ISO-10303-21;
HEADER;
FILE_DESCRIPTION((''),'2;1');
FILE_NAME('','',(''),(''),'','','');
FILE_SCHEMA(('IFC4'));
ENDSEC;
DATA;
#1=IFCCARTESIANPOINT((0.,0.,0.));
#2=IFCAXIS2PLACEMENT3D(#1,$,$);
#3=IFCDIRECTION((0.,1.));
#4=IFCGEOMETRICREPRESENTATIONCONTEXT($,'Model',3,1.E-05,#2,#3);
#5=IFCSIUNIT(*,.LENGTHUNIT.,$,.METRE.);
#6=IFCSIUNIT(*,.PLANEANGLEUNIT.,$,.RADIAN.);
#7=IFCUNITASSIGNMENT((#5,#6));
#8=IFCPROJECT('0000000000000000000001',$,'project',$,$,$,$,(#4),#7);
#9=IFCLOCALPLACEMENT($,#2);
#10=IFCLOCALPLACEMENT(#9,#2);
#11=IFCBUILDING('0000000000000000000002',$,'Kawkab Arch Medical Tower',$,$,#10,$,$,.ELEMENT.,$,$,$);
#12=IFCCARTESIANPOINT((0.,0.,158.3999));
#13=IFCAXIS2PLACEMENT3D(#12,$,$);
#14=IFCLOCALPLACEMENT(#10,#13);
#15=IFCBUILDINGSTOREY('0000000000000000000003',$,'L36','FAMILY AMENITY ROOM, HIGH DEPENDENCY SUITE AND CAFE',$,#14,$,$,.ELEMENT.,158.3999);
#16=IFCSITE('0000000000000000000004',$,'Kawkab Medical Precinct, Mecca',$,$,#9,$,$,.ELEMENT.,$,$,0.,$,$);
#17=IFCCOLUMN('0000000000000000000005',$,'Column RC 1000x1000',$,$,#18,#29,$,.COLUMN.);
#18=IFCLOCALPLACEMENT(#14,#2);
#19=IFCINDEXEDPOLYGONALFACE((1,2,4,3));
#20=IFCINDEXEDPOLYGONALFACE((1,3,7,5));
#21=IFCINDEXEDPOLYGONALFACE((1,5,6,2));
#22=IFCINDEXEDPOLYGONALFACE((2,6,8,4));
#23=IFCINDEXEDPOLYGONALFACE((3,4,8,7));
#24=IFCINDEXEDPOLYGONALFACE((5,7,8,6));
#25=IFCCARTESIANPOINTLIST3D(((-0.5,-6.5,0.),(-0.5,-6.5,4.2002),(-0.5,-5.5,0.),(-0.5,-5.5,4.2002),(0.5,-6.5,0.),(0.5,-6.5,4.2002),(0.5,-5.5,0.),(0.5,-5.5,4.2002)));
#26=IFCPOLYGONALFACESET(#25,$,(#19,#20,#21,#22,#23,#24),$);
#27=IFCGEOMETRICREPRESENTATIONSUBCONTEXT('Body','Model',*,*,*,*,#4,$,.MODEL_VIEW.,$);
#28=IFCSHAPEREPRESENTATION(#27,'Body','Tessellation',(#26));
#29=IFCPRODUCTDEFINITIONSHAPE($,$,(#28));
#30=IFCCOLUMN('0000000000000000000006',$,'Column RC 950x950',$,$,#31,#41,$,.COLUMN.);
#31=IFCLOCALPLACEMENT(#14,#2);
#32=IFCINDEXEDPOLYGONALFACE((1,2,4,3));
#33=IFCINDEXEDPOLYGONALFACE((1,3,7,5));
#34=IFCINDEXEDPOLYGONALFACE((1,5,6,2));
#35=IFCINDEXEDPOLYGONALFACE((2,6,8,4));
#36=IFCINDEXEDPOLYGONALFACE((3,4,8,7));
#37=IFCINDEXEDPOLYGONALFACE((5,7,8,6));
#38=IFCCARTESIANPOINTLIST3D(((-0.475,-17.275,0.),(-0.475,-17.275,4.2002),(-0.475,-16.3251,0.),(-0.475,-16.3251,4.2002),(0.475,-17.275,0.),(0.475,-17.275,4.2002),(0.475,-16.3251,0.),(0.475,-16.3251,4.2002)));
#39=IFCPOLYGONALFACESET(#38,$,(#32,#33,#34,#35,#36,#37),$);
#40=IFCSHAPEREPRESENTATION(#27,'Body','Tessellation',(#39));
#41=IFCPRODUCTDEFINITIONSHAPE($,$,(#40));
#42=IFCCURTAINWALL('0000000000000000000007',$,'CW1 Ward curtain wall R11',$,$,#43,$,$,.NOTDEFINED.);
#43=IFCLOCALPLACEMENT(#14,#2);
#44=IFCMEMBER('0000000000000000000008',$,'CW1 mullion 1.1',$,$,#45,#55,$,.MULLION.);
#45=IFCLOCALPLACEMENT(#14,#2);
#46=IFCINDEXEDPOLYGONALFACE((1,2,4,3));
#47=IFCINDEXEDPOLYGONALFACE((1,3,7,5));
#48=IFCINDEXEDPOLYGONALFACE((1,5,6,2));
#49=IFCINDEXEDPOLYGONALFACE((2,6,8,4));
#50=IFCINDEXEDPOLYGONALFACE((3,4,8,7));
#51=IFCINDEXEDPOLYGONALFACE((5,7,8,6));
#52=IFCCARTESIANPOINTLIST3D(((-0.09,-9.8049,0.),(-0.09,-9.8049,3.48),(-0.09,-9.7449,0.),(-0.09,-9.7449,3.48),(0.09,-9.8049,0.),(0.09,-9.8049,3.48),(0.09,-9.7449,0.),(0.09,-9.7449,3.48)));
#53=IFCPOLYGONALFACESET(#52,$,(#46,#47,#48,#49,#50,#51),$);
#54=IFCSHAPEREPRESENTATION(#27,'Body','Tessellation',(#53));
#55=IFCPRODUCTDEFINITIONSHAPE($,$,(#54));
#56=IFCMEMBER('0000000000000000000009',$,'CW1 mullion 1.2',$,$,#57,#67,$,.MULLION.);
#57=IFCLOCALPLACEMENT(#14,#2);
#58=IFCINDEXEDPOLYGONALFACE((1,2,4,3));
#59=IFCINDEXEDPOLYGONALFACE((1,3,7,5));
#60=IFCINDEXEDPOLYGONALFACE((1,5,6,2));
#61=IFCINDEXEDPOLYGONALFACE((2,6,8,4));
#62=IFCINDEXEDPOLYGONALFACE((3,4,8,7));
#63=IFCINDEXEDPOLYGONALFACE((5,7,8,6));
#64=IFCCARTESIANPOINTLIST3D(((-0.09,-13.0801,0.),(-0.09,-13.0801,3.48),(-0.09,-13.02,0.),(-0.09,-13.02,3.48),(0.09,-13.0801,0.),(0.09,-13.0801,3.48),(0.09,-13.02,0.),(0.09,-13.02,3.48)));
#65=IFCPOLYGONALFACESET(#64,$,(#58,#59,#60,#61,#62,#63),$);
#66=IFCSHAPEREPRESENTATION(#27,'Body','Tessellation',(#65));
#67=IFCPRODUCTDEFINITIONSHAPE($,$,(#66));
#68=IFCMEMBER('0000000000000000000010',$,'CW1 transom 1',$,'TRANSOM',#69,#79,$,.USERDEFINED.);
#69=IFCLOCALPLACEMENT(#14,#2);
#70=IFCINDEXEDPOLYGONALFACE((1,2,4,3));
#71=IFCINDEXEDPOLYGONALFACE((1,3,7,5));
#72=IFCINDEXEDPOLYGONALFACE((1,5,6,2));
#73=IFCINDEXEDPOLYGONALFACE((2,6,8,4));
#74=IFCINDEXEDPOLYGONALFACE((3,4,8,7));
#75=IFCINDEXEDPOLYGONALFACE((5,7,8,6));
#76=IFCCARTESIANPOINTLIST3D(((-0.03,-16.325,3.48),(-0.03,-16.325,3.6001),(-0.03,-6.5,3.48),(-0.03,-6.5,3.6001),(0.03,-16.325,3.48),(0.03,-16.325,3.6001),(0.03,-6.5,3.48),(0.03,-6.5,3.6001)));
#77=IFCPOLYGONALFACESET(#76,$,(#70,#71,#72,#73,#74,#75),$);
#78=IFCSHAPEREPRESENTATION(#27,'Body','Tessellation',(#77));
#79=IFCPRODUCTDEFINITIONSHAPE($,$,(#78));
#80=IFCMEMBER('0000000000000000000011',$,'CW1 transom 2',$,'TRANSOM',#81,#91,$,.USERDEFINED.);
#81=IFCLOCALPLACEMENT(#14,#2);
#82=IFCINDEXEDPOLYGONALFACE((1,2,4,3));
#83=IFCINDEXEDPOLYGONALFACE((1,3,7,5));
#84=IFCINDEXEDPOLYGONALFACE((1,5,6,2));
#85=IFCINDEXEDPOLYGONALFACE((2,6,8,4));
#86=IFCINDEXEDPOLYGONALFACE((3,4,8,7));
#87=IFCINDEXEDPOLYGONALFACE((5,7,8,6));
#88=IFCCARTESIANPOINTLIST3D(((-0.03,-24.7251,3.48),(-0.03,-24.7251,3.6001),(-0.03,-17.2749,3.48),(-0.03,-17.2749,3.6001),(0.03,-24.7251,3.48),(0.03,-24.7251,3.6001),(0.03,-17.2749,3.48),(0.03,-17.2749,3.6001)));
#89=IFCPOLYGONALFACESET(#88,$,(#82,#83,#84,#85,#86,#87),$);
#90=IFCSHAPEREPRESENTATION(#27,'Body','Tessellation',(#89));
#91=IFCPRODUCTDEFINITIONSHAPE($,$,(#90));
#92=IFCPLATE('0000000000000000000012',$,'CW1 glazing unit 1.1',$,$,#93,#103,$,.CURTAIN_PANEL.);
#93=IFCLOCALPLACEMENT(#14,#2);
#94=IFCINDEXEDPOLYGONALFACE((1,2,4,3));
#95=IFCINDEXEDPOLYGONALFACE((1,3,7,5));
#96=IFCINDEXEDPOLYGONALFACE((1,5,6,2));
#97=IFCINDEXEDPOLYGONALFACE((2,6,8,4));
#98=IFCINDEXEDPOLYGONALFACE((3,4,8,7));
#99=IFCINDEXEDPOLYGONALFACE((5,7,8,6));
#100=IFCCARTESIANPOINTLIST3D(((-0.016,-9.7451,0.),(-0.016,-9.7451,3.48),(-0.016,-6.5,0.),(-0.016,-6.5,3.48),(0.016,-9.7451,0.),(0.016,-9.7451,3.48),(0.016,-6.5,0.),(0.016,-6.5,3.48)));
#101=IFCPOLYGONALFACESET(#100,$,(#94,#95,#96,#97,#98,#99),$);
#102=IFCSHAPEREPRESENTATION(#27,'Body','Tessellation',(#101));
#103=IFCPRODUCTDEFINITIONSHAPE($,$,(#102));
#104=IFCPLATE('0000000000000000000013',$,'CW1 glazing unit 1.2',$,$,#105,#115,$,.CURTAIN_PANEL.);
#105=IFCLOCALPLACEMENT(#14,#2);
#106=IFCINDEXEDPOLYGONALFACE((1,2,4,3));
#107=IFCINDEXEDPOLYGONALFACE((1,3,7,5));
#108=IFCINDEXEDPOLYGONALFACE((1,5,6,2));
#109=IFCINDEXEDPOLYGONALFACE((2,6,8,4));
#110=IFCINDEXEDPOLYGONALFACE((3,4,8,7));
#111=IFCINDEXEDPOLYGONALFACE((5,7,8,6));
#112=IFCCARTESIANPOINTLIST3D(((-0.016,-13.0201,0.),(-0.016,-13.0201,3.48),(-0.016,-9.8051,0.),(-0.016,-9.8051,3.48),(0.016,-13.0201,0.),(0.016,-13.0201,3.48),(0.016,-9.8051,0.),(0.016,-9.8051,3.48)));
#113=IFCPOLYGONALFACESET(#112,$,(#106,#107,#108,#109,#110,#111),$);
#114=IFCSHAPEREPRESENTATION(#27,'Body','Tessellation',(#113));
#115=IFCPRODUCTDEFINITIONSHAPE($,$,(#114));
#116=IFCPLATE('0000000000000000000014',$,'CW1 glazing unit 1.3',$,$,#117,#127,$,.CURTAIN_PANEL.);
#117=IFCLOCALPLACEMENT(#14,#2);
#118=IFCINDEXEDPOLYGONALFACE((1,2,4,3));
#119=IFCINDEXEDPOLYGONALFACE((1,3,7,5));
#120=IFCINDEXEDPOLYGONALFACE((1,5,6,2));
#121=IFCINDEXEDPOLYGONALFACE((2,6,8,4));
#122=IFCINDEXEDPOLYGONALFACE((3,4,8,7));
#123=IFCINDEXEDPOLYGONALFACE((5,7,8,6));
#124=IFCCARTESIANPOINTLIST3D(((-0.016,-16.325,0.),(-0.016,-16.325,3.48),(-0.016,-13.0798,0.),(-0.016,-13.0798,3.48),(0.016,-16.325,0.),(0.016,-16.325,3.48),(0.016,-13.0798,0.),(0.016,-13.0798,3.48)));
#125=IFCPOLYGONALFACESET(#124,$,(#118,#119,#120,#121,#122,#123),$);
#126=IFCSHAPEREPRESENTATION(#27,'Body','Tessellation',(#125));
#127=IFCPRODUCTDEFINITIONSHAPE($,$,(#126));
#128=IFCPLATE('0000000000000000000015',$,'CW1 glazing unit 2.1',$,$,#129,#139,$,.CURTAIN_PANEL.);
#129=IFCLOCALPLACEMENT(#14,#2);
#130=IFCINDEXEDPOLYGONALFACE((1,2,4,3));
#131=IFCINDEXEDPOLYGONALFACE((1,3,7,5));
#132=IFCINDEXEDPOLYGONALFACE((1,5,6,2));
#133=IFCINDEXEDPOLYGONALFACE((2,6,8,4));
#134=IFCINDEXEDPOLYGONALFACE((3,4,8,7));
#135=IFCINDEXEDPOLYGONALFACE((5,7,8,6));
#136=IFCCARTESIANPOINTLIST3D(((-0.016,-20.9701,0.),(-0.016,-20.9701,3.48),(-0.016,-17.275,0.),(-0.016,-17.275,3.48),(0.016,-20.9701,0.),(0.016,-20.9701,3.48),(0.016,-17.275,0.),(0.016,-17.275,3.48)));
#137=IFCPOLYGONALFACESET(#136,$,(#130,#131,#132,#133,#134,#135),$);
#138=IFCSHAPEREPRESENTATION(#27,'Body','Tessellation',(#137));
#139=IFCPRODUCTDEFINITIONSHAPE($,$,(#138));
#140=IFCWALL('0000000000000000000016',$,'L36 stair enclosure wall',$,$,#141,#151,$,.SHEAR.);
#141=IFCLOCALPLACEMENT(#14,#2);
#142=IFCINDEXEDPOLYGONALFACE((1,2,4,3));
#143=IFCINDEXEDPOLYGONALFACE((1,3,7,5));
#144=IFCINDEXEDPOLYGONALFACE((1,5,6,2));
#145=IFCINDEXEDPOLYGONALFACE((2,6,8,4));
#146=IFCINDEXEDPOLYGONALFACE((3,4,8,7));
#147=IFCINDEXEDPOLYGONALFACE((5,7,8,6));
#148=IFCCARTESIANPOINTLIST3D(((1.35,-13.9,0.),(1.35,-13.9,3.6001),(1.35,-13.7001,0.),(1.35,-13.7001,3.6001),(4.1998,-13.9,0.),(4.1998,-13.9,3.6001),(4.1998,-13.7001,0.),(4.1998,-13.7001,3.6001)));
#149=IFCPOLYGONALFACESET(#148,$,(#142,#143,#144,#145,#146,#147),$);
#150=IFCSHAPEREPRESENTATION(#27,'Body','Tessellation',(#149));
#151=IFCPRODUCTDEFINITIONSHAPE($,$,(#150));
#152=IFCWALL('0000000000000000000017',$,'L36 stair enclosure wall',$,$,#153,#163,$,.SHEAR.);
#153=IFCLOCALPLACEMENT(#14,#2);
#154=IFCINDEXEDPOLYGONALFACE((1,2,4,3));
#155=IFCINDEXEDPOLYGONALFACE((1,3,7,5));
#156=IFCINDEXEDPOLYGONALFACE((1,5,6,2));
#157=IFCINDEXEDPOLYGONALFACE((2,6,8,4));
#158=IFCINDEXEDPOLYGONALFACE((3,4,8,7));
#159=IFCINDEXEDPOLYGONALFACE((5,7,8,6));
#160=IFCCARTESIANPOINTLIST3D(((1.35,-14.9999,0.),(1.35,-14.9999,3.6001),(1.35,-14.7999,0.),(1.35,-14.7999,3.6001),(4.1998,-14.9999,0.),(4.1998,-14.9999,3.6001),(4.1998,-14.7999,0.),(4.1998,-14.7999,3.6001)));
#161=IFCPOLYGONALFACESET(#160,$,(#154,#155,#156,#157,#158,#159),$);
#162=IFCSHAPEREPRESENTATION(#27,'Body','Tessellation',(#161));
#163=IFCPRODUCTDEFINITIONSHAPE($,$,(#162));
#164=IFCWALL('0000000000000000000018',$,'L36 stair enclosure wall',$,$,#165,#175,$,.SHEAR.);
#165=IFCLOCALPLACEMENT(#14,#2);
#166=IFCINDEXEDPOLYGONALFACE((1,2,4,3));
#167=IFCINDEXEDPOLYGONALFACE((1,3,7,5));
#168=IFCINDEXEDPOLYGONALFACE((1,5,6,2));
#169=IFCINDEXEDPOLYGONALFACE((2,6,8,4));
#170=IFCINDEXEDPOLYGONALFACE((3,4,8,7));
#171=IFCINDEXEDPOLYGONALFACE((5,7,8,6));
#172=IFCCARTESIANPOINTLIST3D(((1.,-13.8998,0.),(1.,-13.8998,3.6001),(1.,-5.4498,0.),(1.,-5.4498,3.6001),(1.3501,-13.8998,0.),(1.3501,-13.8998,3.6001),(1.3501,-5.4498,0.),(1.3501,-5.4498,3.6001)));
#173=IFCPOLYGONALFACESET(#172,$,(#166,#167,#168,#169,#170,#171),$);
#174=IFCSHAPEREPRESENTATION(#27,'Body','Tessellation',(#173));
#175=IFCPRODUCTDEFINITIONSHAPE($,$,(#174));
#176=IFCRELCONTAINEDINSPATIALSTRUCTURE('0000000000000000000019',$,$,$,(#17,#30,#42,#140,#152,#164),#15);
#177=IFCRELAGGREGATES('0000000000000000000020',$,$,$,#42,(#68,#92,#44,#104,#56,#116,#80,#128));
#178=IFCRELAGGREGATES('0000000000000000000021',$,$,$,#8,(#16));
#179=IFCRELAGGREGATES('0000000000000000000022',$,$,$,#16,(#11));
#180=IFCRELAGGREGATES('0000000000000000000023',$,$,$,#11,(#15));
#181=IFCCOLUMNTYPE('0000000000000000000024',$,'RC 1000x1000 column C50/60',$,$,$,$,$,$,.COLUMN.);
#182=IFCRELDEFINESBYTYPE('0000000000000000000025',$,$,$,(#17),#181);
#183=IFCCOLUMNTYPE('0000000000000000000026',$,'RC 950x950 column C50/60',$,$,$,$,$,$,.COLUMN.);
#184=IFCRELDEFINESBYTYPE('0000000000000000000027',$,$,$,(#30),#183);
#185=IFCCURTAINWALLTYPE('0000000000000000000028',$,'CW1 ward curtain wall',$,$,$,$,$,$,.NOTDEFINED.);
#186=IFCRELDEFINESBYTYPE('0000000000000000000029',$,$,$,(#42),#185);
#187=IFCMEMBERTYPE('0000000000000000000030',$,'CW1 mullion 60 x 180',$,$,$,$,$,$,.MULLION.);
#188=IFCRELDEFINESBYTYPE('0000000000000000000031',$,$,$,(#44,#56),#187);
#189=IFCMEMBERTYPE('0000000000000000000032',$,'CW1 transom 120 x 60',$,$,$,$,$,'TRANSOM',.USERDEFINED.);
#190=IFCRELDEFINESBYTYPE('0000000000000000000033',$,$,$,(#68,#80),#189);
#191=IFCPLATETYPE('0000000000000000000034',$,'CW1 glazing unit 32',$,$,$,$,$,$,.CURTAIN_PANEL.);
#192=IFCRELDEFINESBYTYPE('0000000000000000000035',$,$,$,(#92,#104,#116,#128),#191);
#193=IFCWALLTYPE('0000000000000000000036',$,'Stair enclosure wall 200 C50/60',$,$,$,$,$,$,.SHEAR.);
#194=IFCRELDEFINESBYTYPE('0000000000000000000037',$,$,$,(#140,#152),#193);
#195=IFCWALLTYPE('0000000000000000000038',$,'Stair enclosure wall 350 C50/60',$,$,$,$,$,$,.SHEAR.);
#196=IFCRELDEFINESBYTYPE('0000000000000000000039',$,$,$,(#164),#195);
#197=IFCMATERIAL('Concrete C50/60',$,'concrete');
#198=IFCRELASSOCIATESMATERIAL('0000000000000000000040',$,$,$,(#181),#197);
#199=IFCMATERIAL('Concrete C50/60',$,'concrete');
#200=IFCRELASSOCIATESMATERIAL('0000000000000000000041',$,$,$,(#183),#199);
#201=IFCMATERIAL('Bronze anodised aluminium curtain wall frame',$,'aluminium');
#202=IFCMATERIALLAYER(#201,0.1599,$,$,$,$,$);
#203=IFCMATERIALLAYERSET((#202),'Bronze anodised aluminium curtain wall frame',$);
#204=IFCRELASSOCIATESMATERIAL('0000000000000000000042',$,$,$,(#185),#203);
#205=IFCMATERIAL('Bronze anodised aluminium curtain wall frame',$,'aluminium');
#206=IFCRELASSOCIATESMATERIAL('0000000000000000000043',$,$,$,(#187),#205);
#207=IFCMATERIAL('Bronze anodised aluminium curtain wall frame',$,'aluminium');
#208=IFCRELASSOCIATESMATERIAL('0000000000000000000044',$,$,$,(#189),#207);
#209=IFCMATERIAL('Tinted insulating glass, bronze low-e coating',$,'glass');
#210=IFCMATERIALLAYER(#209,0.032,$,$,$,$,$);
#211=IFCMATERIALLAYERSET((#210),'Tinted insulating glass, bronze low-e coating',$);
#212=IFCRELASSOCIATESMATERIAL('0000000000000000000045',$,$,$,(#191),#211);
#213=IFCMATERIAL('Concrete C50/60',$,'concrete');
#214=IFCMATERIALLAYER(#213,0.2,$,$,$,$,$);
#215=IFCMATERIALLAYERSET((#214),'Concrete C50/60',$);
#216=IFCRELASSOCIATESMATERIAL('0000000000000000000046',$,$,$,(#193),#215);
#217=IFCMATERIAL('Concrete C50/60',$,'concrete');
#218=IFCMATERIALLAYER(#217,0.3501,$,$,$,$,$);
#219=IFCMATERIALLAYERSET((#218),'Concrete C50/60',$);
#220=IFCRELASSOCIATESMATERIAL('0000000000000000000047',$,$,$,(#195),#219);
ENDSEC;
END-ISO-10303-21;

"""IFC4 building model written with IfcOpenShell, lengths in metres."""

from ifc_helpers import new_model, si_unit, direction, frame, frame_2d, origin, origin_2d, place, context, subcontext, project, spatial, rectangle, extrude, material, layer, layer_set, material_profile, profile_set, type_object, element, aggregate, save


model = new_model("IFC4")

# Units and contexts
model_context = context("Model", 3, precision=1e-05, world=origin(), true_north=direction((0.0, 1.0)))
body_context = subcontext(model_context, "Body", "Model", "MODEL_VIEW")
ifc_project = project(units=[si_unit("LENGTHUNIT", "METRE"), si_unit("PLANEANGLEUNIT", "RADIAN")], contexts=[model_context])

# Site, building, storey
site_placement = place(None, origin())
site = spatial("IfcSite", under=ifc_project, at=site_placement, Name="Kawkab Medical Precinct, Mecca", CompositionType="ELEMENT", RefElevation=0.0)
building_placement = place(site_placement, origin())
building = spatial("IfcBuilding", under=site, at=building_placement, Name="Kawkab Arch Medical Tower", CompositionType="ELEMENT")
storey_placement = place(building_placement, frame((0.0, 0.0, 158.3999)))
storey = spatial("IfcBuildingStorey", under=building, at=storey_placement, Name="L36", Description="FAMILY AMENITY ROOM, HIGH DEPENDENCY SUITE AND CAFE", CompositionType="ELEMENT", Elevation=158.3999)

# Columns
ifc_material_1 = material(Name="Concrete C50/60", Category="concrete")
ifc_material_profile_1 = material_profile(ifc_material_1, rectangle(XDim=1.0, YDim=1.0, at=origin_2d()), Name="RC 1000x1000")
ifc_profile_set_1 = profile_set([ifc_material_profile_1], Name="Concrete C50/60")
column_type_1 = type_object("IfcColumnType", Name="RC 1000x1000 column C50/60", PredefinedType="COLUMN", material=ifc_profile_set_1)
column_1_placement = place(storey_placement, frame((0.0, -6.0, 0.0), z_axis=(0.0, 0.0, 1.0), x_axis=(1.0, 0.0, 0.0)))
element("IfcColumn", 1, at=column_1_placement, inside=storey, type_object=column_type_1, Name="Column RC 1000x1000", PredefinedType="COLUMN", context=body_context, shape_type="SweptSolid", body=[
    extrude(rectangle(XDim=1.0, YDim=1.0, at=origin_2d()), origin(), (0.0, 0.0, 1.0), 4.2002),
])
ifc_material_2 = material(Name="Concrete C50/60", Category="concrete")
ifc_material_profile_2 = material_profile(ifc_material_2, rectangle(XDim=0.95, YDim=0.95, at=origin_2d()), Name="RC 950x950")
ifc_profile_set_2 = profile_set([ifc_material_profile_2], Name="Concrete C50/60")
column_type_2 = type_object("IfcColumnType", Name="RC 950x950 column C50/60", PredefinedType="COLUMN", material=ifc_profile_set_2)
column_2_placement = place(storey_placement, frame((0.0, -16.8, 0.0), z_axis=(0.0, 0.0, 1.0), x_axis=(1.0, 0.0, 0.0)))
element("IfcColumn", 2, at=column_2_placement, inside=storey, type_object=column_type_2, Name="Column RC 950x950", PredefinedType="COLUMN", context=body_context, shape_type="SweptSolid", body=[
    extrude(rectangle(XDim=0.95, YDim=0.95, at=origin_2d()), origin(), (0.0, 0.0, 1.0), 4.2002),
])

# Curtain wall, members, plates
ifc_material_3 = material(Name="Bronze anodised aluminium curtain wall frame", Category="aluminium")
ifc_layer_1 = layer(ifc_material_3, 0.1599)
ifc_layer_set_1 = layer_set([ifc_layer_1], Name="Bronze anodised aluminium curtain wall frame")
curtain_wall_type = type_object("IfcCurtainWallType", Name="CW1 ward curtain wall", PredefinedType="NOTDEFINED", material=ifc_layer_set_1)
placement = place(storey_placement, origin())
curtain_wall = element("IfcCurtainWall", 3, at=placement, inside=storey, type_object=curtain_wall_type, Name="CW1 Ward curtain wall R11", PredefinedType="NOTDEFINED")
ifc_material_4 = material(Name="Bronze anodised aluminium curtain wall frame", Category="aluminium")
ifc_material_profile_3 = material_profile(ifc_material_4, rectangle(XDim=0.1799, YDim=0.0601, at=origin_2d()), Name="AL 60x180")
ifc_profile_set_3 = profile_set([ifc_material_profile_3], Name="Bronze anodised aluminium curtain wall frame")
member_type_1 = type_object("IfcMemberType", Name="CW1 mullion 60 x 180", PredefinedType="MULLION", material=ifc_profile_set_3)
member_1_placement = place(storey_placement, frame((0.0, -9.7749, 0.0), z_axis=(0.0, 0.0, 1.0), x_axis=(1.0, 0.0, 0.0)))
member_1 = element("IfcMember", 4, at=member_1_placement, type_object=member_type_1, Name="CW1 mullion 1.1", PredefinedType="MULLION", context=body_context, shape_type="SweptSolid", body=[
    extrude(rectangle(XDim=0.1799, YDim=0.0601, at=origin_2d()), origin(), (0.0, 0.0, 1.0), 3.48),
])
member_2_placement = place(storey_placement, frame((0.0, -13.05, 0.0), z_axis=(0.0, 0.0, 1.0), x_axis=(1.0, 0.0, 0.0)))
member_2 = element("IfcMember", 5, at=member_2_placement, type_object=member_type_1, Name="CW1 mullion 1.2", PredefinedType="MULLION", context=body_context, shape_type="SweptSolid", body=[
    extrude(rectangle(XDim=0.1799, YDim=0.0601, at=origin_2d()), origin(), (0.0, 0.0, 1.0), 3.48),
])
ifc_material_5 = material(Name="Bronze anodised aluminium curtain wall frame", Category="aluminium")
ifc_material_profile_4 = material_profile(ifc_material_5, rectangle(XDim=0.0601, YDim=0.1201, at=origin_2d()), Name="AL 60x120")
ifc_profile_set_4 = profile_set([ifc_material_profile_4], Name="Bronze anodised aluminium curtain wall frame")
member_type_2 = type_object("IfcMemberType", Name="CW1 transom 120 x 60", ElementType="TRANSOM", PredefinedType="USERDEFINED", material=ifc_profile_set_4)
member_3_placement = place(storey_placement, frame((0.0, -6.5, 3.54), z_axis=(0.0, -1.0, 0.0), x_axis=(1.0, 0.0, 0.0)))
member_3 = element("IfcMember", 6, at=member_3_placement, type_object=member_type_2, Name="CW1 transom 1", ObjectType="TRANSOM", PredefinedType="USERDEFINED", context=body_context, shape_type="SweptSolid", body=[
    extrude(rectangle(XDim=0.0601, YDim=0.1201, at=origin_2d()), origin(), (0.0, 0.0, 1.0), 9.825),
])
member_4_placement = place(storey_placement, frame((0.0, -17.2749, 3.54), z_axis=(0.0, -1.0, 0.0), x_axis=(1.0, 0.0, 0.0)))
member_4 = element("IfcMember", 7, at=member_4_placement, type_object=member_type_2, Name="CW1 transom 2", ObjectType="TRANSOM", PredefinedType="USERDEFINED", context=body_context, shape_type="SweptSolid", body=[
    extrude(rectangle(XDim=0.0601, YDim=0.1201, at=origin_2d()), origin(), (0.0, 0.0, 1.0), 7.4502),
])
ifc_material_6 = material(Name="Tinted insulating glass, bronze low-e coating", Category="glass")
ifc_layer_2 = layer(ifc_material_6, 0.032)
ifc_layer_set_2 = layer_set([ifc_layer_2], Name="Tinted insulating glass, bronze low-e coating")
plate_type = type_object("IfcPlateType", Name="CW1 glazing unit 32", PredefinedType="CURTAIN_PANEL", material=ifc_layer_set_2)
plate_1_placement = place(storey_placement, frame((0.0, -8.1226, 0.0), z_axis=(0.0, 0.0, 1.0), x_axis=(0.0, -1.0, 0.0)))
plate_1 = element("IfcPlate", 8, at=plate_1_placement, type_object=plate_type, Name="CW1 glazing unit 1.1", PredefinedType="CURTAIN_PANEL", context=body_context, shape_type="SweptSolid", body=[
    extrude(rectangle(XDim=3.2451, YDim=0.032, at=origin_2d()), origin(), (0.0, 0.0, 1.0), 3.48),
])
plate_2_placement = place(storey_placement, frame((0.0, -11.4126, 0.0), z_axis=(0.0, 0.0, 1.0), x_axis=(0.0, -1.0, 0.0)))
plate_2 = element("IfcPlate", 9, at=plate_2_placement, type_object=plate_type, Name="CW1 glazing unit 1.2", PredefinedType="CURTAIN_PANEL", context=body_context, shape_type="SweptSolid", body=[
    extrude(rectangle(XDim=3.2151, YDim=0.032, at=origin_2d()), origin(), (0.0, 0.0, 1.0), 3.48),
])
plate_3_placement = place(storey_placement, frame((0.0, -14.7024, 0.0), z_axis=(0.0, 0.0, 1.0), x_axis=(0.0, -1.0, 0.0)))
plate_3 = element("IfcPlate", 10, at=plate_3_placement, type_object=plate_type, Name="CW1 glazing unit 1.3", PredefinedType="CURTAIN_PANEL", context=body_context, shape_type="SweptSolid", body=[
    extrude(rectangle(XDim=3.2451, YDim=0.032, at=origin_2d()), origin(), (0.0, 0.0, 1.0), 3.48),
])
plate_4_placement = place(storey_placement, frame((0.0, -19.1226, 0.0), z_axis=(0.0, 0.0, 1.0), x_axis=(0.0, -1.0, 0.0)))
plate_4 = element("IfcPlate", 11, at=plate_4_placement, type_object=plate_type, Name="CW1 glazing unit 2.1", PredefinedType="CURTAIN_PANEL", context=body_context, shape_type="SweptSolid", body=[
    extrude(rectangle(XDim=3.6951, YDim=0.032, at=origin_2d()), origin(), (0.0, 0.0, 1.0), 3.48),
])
aggregate(curtain_wall, [member_3, plate_1, member_1, plate_2, member_2, plate_3, member_4, plate_4])

# Walls
ifc_material_7 = material(Name="Concrete C50/60", Category="concrete")
ifc_layer_3 = layer(ifc_material_7, 0.2)
ifc_layer_set_3 = layer_set([ifc_layer_3], Name="Concrete C50/60")
wall_type_1 = type_object("IfcWallType", Name="Stair enclosure wall 200 C50/60", PredefinedType="SHEAR", material=ifc_layer_set_3)
for number, where, z_axis, x_axis, name in (
    (12, (1.3501, -13.8, 0.0), (0.0, 0.0, 1.0), (1.0, 0.0, 0.0), "L36 stair enclosure wall"),
    (13, (1.3501, -14.8999, 0.0), (0.0, 0.0, 1.0), (1.0, 0.0, 0.0), "L36 stair enclosure wall"),
):
    element("IfcWall", number, at=place(storey_placement, frame(where, z_axis=z_axis, x_axis=x_axis)), inside=storey, type_object=wall_type_1, Name=name, PredefinedType="SHEAR", context=body_context, shape_type="SweptSolid", body=[
        extrude(rectangle(XDim=2.8499, YDim=0.2, at=frame_2d((1.4248, 0.0))), origin(), (0.0, 0.0, 1.0), 3.6001),
    ])
ifc_material_8 = material(Name="Concrete C50/60", Category="concrete")
ifc_layer_4 = layer(ifc_material_8, 0.3501)
ifc_layer_set_4 = layer_set([ifc_layer_4], Name="Concrete C50/60")
wall_type_2 = type_object("IfcWallType", Name="Stair enclosure wall 350 C50/60", PredefinedType="SHEAR", material=ifc_layer_set_4)
wall_placement = place(storey_placement, frame((1.175, -13.8999, 0.0), z_axis=(0.0, 0.0, 1.0), x_axis=(0.0, 1.0, 0.0)))
element("IfcWall", 14, at=wall_placement, inside=storey, type_object=wall_type_2, Name="L36 stair enclosure wall", PredefinedType="SHEAR", context=body_context, shape_type="SweptSolid", body=[
    extrude(rectangle(XDim=8.45, YDim=0.3501, at=frame_2d((4.2251, 0.0))), origin(), (0.0, 0.0, 1.0), 3.6001),
])

save(model, "model.ifc")
